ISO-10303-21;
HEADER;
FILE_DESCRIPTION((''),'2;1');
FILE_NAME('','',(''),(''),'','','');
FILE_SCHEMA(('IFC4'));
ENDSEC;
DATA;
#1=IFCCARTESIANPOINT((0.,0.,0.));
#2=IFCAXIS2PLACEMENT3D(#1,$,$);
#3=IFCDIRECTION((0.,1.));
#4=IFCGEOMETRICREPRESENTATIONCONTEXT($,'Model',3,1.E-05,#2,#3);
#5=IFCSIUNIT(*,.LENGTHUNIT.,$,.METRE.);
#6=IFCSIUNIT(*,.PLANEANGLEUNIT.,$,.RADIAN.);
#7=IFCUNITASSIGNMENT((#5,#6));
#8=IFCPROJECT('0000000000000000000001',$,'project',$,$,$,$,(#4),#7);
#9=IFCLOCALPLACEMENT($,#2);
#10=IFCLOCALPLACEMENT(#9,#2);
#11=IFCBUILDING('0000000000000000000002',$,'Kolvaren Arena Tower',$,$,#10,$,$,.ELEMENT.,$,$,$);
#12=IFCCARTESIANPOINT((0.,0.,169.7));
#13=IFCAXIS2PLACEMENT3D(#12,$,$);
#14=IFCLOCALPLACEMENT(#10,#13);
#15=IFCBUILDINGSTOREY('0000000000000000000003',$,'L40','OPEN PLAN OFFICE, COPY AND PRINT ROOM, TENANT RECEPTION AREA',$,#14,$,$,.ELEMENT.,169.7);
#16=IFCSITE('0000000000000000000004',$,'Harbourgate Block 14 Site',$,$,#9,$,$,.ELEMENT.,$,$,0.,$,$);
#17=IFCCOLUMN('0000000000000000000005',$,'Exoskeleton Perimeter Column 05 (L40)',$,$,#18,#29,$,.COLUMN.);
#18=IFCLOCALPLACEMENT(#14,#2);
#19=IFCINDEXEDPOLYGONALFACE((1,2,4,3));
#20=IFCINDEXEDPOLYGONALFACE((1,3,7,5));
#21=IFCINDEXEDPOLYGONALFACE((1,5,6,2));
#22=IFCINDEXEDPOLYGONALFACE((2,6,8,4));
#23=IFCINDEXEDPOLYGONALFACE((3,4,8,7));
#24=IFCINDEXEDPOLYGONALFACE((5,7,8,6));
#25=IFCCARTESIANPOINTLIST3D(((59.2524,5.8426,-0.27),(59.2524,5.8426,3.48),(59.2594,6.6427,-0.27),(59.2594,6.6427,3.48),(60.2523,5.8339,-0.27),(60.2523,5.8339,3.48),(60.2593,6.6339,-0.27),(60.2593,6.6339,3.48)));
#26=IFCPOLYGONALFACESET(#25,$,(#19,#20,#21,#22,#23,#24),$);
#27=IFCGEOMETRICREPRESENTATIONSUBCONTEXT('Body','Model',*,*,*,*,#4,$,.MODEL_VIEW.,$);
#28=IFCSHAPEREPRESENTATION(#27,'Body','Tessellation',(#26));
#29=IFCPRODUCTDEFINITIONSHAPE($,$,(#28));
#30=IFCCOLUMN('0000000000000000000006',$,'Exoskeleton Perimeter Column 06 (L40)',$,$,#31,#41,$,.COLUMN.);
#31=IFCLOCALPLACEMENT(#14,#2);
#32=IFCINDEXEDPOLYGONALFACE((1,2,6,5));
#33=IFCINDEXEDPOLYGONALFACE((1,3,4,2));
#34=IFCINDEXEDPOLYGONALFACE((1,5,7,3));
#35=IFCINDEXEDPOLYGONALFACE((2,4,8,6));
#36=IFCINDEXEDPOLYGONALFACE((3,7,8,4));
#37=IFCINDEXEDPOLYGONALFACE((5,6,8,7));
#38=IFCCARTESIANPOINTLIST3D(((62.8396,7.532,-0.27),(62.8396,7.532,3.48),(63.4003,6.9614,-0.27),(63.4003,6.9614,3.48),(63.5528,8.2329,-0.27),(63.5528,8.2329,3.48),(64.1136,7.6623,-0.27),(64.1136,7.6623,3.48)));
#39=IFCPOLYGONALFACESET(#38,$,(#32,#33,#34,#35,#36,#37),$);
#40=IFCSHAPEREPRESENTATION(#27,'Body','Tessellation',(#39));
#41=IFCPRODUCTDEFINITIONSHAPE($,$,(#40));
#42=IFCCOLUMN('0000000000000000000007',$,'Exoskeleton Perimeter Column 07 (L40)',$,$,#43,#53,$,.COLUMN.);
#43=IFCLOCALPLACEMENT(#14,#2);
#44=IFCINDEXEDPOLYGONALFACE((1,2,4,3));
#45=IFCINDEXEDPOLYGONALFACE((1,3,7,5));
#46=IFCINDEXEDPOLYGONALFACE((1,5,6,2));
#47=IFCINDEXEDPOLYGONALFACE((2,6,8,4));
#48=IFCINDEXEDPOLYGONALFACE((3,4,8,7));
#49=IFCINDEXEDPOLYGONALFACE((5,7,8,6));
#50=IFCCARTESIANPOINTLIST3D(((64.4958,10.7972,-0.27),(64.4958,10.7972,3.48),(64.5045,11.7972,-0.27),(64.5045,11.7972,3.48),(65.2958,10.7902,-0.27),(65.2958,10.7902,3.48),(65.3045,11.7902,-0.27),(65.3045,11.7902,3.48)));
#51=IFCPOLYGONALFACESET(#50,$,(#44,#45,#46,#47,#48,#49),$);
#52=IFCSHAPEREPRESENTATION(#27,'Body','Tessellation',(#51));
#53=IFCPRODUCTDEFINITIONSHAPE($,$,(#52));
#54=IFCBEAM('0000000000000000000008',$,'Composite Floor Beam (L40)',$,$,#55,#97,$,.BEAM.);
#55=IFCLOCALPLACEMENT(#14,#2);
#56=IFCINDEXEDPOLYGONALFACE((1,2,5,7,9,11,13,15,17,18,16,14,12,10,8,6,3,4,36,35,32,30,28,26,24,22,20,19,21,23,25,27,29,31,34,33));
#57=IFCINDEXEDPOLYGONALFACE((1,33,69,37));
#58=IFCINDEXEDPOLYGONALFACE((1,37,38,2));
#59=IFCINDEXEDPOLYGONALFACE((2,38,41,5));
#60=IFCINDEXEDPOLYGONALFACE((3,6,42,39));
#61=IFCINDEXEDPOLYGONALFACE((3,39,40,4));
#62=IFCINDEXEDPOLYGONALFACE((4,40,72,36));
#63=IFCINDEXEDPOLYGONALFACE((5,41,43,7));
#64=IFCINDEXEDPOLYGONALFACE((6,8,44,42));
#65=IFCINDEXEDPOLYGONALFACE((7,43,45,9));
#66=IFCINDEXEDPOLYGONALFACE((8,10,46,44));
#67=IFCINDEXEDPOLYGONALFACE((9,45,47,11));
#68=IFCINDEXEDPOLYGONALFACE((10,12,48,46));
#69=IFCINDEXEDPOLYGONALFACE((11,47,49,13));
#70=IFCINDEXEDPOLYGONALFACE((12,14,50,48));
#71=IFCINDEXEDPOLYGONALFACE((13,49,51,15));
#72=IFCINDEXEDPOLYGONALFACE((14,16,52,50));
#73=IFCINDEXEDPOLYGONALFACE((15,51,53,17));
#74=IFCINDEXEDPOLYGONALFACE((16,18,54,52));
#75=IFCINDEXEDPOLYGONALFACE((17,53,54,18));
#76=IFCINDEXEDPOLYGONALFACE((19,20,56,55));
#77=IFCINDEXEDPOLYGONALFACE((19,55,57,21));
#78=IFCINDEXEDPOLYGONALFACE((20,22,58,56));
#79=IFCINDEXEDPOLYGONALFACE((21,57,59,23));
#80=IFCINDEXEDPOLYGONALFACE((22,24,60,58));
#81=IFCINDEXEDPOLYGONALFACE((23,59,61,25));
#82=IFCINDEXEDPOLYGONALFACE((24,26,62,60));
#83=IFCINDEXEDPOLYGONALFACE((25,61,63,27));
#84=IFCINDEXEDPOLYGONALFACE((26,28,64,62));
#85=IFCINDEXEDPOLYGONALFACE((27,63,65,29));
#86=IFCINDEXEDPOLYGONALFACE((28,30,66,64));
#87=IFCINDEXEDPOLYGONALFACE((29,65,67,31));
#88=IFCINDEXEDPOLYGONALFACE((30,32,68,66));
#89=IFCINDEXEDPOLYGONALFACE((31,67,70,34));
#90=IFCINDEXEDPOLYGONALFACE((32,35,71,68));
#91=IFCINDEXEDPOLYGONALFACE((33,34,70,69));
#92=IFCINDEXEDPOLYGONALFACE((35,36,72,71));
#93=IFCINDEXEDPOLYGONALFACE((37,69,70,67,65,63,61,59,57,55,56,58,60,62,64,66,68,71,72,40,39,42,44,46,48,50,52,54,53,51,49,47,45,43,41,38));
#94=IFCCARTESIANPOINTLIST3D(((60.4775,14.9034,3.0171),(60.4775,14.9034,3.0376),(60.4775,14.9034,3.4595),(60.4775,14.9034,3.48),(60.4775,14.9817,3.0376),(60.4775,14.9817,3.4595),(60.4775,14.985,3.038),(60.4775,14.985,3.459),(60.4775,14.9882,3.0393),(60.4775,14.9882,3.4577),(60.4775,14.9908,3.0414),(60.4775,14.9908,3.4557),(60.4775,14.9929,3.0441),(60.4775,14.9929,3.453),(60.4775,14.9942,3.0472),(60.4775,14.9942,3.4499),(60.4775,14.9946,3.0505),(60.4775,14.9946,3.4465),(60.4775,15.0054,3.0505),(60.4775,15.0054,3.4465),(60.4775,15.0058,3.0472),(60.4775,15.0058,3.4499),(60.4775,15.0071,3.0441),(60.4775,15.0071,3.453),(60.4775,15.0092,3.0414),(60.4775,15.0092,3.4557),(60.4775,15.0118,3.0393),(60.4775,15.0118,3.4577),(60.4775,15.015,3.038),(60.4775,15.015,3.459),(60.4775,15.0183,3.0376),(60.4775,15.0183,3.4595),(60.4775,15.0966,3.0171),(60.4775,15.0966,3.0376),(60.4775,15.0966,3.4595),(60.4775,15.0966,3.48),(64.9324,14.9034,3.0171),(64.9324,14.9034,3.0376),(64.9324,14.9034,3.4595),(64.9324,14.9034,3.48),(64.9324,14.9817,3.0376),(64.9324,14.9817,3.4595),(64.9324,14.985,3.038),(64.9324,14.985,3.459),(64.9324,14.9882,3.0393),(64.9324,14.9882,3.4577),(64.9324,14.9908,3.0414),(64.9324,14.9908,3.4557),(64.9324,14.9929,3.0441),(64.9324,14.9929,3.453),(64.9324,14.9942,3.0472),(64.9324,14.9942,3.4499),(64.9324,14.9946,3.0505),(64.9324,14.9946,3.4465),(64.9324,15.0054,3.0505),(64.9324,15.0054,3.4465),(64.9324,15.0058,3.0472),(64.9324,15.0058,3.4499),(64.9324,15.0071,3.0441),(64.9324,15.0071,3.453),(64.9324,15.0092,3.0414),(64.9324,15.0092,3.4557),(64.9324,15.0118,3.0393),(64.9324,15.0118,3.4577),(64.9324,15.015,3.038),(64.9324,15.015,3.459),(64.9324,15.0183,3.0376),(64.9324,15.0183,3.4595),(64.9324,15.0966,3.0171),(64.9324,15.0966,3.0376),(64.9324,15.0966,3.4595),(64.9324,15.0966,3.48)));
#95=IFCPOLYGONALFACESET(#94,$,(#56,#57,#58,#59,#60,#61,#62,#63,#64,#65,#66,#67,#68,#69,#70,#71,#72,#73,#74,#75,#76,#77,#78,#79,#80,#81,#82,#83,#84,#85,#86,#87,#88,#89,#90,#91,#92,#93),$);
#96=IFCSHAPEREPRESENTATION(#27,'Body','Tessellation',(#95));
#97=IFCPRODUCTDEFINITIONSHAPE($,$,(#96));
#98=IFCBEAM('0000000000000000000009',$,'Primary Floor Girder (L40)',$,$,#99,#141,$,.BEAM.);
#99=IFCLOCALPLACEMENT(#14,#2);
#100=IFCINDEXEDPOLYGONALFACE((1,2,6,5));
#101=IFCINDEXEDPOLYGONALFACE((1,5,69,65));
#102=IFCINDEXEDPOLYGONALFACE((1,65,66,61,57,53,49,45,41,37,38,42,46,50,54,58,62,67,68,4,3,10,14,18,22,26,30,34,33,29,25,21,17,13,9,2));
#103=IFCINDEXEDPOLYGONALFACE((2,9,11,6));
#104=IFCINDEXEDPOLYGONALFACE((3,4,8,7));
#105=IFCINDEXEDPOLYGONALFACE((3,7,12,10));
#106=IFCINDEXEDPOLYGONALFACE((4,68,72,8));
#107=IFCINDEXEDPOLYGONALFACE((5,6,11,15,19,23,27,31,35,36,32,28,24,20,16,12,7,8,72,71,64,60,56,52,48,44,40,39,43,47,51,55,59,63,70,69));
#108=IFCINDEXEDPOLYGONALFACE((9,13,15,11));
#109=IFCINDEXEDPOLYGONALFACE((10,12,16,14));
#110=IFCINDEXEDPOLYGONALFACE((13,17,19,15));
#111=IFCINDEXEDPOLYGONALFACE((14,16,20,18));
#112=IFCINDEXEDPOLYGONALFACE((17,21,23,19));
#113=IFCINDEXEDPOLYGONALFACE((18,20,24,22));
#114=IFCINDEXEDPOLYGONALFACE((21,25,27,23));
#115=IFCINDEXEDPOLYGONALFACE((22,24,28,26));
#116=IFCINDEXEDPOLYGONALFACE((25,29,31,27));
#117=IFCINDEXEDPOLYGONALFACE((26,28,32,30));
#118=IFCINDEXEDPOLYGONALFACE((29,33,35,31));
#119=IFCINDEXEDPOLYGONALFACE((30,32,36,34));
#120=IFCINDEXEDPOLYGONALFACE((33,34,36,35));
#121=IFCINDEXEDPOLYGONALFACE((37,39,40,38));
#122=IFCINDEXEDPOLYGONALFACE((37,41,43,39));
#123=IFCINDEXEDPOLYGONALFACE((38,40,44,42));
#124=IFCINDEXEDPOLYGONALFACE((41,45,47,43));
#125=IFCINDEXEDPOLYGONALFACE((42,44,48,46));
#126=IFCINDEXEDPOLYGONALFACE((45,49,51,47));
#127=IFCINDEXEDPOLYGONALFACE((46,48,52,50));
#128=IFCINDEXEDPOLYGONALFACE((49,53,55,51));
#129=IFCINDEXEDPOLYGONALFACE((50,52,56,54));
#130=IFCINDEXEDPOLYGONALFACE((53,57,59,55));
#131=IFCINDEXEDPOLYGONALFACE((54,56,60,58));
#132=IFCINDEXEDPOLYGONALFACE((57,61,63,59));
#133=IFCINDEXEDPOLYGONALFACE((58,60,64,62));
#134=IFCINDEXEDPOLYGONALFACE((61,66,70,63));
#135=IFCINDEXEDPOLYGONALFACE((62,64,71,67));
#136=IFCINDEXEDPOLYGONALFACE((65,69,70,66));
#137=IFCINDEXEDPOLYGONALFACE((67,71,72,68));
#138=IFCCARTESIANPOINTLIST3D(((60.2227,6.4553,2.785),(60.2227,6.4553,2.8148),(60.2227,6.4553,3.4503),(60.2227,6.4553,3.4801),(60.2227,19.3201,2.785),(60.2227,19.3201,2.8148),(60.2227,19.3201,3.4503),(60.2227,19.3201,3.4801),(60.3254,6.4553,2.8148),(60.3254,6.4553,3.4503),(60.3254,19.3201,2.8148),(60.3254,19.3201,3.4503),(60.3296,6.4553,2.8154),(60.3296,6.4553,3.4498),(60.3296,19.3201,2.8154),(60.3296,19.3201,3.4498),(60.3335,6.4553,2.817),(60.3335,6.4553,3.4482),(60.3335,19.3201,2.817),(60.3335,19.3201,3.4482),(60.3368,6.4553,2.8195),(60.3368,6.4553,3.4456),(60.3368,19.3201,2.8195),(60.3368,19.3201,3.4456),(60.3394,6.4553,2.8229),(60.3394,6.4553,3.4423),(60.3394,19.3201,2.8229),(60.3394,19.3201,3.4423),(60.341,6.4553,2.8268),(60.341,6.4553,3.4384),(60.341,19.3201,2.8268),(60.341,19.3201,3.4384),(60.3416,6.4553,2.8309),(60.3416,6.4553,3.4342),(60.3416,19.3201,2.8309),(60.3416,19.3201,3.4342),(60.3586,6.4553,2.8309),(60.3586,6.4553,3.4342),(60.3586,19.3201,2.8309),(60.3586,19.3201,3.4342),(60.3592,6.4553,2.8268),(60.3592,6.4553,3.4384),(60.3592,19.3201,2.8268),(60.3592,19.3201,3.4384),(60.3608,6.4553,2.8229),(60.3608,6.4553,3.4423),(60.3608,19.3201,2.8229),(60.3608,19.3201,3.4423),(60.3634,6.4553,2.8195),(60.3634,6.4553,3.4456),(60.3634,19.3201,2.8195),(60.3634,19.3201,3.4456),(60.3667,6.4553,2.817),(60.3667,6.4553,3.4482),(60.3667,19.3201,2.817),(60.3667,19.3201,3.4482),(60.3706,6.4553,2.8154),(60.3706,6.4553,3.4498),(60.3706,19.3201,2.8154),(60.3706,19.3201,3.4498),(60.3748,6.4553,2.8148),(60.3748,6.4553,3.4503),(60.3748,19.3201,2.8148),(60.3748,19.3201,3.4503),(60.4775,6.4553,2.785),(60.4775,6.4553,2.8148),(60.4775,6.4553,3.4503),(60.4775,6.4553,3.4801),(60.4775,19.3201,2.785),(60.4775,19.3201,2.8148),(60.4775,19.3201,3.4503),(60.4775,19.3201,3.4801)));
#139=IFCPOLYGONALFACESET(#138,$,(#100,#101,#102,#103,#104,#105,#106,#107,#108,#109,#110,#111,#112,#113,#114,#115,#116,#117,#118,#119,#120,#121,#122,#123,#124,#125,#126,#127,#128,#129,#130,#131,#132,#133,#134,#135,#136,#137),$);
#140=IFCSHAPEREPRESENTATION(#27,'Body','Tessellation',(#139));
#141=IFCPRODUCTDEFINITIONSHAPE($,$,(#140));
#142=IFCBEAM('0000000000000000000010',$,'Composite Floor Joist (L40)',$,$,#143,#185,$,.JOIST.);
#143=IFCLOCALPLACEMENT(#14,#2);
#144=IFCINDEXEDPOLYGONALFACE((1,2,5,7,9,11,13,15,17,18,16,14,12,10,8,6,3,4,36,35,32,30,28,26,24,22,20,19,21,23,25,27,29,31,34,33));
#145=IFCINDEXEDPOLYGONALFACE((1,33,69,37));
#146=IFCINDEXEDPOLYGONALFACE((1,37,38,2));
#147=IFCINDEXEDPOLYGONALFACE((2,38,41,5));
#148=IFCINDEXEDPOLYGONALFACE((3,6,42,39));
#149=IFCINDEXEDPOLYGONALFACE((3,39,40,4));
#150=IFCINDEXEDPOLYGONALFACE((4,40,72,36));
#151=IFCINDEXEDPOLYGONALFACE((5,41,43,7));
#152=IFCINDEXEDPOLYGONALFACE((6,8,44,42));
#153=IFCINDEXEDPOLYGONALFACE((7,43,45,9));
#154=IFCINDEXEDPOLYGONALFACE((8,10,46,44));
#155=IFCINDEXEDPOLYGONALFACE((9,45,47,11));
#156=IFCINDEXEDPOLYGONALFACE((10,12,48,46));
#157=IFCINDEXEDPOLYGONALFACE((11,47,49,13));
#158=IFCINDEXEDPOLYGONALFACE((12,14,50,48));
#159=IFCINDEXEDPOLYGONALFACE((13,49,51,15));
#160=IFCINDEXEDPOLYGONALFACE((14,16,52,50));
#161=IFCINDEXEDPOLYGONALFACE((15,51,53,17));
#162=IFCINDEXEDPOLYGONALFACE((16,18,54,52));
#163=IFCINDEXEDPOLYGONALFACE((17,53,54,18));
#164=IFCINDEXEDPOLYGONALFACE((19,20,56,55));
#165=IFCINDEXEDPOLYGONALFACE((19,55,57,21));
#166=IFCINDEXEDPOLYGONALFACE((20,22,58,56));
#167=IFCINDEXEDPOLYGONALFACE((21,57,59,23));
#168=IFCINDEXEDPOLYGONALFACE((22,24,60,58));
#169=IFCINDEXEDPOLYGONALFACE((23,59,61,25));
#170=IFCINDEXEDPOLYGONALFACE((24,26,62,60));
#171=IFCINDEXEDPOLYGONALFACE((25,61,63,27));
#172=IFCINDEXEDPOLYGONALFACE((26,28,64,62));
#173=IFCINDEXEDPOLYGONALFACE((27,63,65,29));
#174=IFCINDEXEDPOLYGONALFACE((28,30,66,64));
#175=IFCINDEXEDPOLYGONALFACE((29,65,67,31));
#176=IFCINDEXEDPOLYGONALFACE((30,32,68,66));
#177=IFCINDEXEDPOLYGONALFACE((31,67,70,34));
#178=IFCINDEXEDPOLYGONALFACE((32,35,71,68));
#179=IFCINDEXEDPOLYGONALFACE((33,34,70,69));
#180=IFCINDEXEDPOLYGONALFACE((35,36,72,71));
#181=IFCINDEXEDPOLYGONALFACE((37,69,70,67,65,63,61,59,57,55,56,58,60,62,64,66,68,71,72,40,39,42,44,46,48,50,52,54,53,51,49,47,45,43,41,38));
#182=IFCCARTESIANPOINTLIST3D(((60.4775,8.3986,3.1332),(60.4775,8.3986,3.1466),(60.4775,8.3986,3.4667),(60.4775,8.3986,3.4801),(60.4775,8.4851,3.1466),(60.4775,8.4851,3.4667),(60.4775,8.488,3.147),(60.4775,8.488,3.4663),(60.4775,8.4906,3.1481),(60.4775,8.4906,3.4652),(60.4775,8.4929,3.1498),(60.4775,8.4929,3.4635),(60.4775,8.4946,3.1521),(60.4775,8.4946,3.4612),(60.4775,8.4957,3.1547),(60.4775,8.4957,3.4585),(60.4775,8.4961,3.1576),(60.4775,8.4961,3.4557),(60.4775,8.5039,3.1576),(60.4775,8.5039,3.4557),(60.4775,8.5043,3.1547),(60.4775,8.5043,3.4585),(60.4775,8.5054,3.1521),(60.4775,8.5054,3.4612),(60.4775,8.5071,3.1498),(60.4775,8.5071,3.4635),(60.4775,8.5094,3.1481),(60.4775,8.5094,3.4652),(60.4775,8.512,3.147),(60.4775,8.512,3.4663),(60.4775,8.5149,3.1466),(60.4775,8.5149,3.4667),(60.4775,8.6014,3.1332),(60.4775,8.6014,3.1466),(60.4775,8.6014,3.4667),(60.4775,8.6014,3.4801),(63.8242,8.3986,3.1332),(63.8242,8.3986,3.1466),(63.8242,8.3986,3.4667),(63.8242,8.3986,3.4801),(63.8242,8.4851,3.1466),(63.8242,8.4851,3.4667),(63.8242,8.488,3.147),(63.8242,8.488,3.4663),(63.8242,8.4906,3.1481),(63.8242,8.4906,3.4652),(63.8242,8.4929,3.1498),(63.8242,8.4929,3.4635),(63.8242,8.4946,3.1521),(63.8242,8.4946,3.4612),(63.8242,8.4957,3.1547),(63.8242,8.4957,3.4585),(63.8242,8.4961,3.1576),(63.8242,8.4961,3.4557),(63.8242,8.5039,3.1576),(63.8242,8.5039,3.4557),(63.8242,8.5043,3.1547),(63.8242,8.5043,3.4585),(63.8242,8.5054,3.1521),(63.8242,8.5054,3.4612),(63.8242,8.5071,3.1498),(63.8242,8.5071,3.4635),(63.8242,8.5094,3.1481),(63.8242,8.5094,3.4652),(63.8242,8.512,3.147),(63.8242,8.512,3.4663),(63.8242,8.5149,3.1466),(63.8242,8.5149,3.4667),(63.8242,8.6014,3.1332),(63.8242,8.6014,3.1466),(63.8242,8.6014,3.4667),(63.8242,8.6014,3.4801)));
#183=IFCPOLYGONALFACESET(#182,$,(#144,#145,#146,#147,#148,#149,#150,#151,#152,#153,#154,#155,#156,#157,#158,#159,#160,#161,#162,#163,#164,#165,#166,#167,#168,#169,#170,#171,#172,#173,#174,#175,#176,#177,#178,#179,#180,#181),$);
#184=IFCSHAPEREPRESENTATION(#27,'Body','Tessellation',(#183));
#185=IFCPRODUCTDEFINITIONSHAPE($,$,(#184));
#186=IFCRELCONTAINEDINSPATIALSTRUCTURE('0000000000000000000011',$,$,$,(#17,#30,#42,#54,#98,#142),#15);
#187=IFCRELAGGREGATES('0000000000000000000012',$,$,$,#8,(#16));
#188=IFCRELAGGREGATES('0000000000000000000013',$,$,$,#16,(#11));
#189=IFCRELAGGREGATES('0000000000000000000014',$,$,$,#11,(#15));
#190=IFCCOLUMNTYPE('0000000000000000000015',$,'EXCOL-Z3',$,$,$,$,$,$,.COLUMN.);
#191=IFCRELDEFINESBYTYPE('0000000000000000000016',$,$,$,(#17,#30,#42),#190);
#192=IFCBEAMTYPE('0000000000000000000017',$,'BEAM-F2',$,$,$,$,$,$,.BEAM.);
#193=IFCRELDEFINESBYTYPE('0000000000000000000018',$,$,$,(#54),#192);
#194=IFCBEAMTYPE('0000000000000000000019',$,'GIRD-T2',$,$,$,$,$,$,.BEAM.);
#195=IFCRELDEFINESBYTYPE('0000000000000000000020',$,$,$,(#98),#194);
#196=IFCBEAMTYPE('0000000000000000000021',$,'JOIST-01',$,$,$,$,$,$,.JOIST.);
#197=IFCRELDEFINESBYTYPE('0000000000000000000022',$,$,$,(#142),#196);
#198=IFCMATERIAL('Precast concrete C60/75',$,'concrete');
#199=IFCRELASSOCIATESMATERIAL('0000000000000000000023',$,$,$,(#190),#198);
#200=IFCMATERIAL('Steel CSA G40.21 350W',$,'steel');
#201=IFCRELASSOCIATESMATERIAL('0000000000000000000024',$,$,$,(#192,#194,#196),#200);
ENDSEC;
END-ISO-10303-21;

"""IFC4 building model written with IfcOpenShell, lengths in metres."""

from ifc_helpers import new_model, si_unit, direction, frame, origin, origin_2d, place, context, subcontext, project, spatial, rectangle, i_section, extrude, material, material_profile, profile_set, type_object, element, save


model = new_model("IFC4")

# Units and contexts
model_context = context("Model", 3, precision=1e-05, world=origin(), true_north=direction((0.0, 1.0)))
body_context = subcontext(model_context, "Body", "Model", "MODEL_VIEW")
ifc_project = project(units=[si_unit("LENGTHUNIT", "METRE"), si_unit("PLANEANGLEUNIT", "RADIAN")], contexts=[model_context])

# Site, building, storey
site_placement = place(None, origin())
site = spatial("IfcSite", under=ifc_project, at=site_placement, Name="Harbourgate Block 14 Site", CompositionType="ELEMENT", RefElevation=0.0)
building_placement = place(site_placement, origin())
building = spatial("IfcBuilding", under=site, at=building_placement, Name="Kolvaren Arena Tower", CompositionType="ELEMENT")
storey_placement = place(building_placement, frame((0.0, 0.0, 169.7)))
storey = spatial("IfcBuildingStorey", under=building, at=storey_placement, Name="L40", Description="OPEN PLAN OFFICE, COPY AND PRINT ROOM, TENANT RECEPTION AREA", CompositionType="ELEMENT", Elevation=169.7)

# Columns
ifc_material_1 = material(Name="Precast concrete C60/75", Category="concrete")
ifc_material_profile_1 = material_profile(ifc_material_1, rectangle(XDim=1.0, YDim=0.8, at=origin_2d()), Name="RC-1000x800")
ifc_profile_set_1 = profile_set([ifc_material_profile_1], Name="Precast concrete C60/75")
column_type = type_object("IfcColumnType", Name="EXCOL-Z3", PredefinedType="COLUMN", material=ifc_profile_set_1)
for number, where, z_axis, x_axis, name in (
    (1, (59.7559, 6.2383, -0.27), (0.0, 0.0, 1.0), (0.999962, -0.008727, 0.0), "Exoskeleton Perimeter Column 05 (L40)"),
    (2, (63.4766, 7.5972, -0.27), (0.0, 0.0, 1.0), (0.71325, 0.700909, 0.0), "Exoskeleton Perimeter Column 06 (L40)"),
    (3, (64.9001, 11.2937, -0.27), (0.0, 0.0, 1.0), (0.008727, 0.999962, 0.0), "Exoskeleton Perimeter Column 07 (L40)"),
):
    element("IfcColumn", number, at=place(storey_placement, frame(where, z_axis=z_axis, x_axis=x_axis)), inside=storey, type_object=column_type, Name=name, PredefinedType="COLUMN", context=body_context, shape_type="SweptSolid", body=[
        extrude(rectangle(XDim=1.0, YDim=0.8, at=origin_2d()), origin(), (0.0, 0.0, 1.0), 3.75),
    ])

# Beams
ifc_material_2 = material(Name="Steel CSA G40.21 350W", Category="steel")
ifc_material_profile_2 = material_profile(ifc_material_2, i_section(OverallWidth=0.1931, OverallDepth=0.4629, WebThickness=0.0107, FlangeThickness=0.0205, FilletRadius=0.0129, at=origin_2d()), Name="W460x113")
ifc_profile_set_2 = profile_set([ifc_material_profile_2], Name="Steel CSA G40.21 350W")
beam_type_1 = type_object("IfcBeamType", Name="BEAM-F2", PredefinedType="BEAM", material=ifc_profile_set_2)
beam_1_placement = place(storey_placement, frame((60.4775, 15.0, 3.2485), z_axis=(1.0, 0.0, 0.0), x_axis=(0.0, 1.0, 0.0)))
element("IfcBeam", 4, at=beam_1_placement, inside=storey, type_object=beam_type_1, Name="Composite Floor Beam (L40)", PredefinedType="BEAM", context=body_context, shape_type="SweptSolid", body=[
    extrude(i_section(OverallWidth=0.1931, OverallDepth=0.4629, WebThickness=0.0107, FlangeThickness=0.0205, FilletRadius=0.0129, at=origin_2d()), origin(), (0.0, 0.0, 1.0), 4.4548),
])
ifc_material_profile_3 = material_profile(ifc_material_2, i_section(OverallWidth=0.2549, OverallDepth=0.6951, WebThickness=0.0171, FlangeThickness=0.0298, FilletRadius=0.0161, at=origin_2d()), Name="W690x217")
ifc_profile_set_3 = profile_set([ifc_material_profile_3], Name="Steel CSA G40.21 350W")
beam_type_2 = type_object("IfcBeamType", Name="GIRD-T2", PredefinedType="BEAM", material=ifc_profile_set_3)
beam_2_placement = place(storey_placement, frame((60.3501, 6.4553, 3.1326), z_axis=(0.0, 1.0, 0.0), x_axis=(-1.0, 0.0, 0.0)))
element("IfcBeam", 5, at=beam_2_placement, inside=storey, type_object=beam_type_2, Name="Primary Floor Girder (L40)", PredefinedType="BEAM", context=body_context, shape_type="SweptSolid", body=[
    extrude(i_section(OverallWidth=0.2549, OverallDepth=0.6951, WebThickness=0.0171, FlangeThickness=0.0298, FilletRadius=0.0161, at=origin_2d()), origin(), (0.0, 0.0, 1.0), 12.8647),
])
ifc_material_profile_4 = material_profile(ifc_material_2, i_section(OverallWidth=0.2029, OverallDepth=0.3469, WebThickness=0.0078, FlangeThickness=0.0134, FilletRadius=0.011, at=origin_2d()), Name="W360x64")
ifc_profile_set_4 = profile_set([ifc_material_profile_4], Name="Steel CSA G40.21 350W")
beam_type_3 = type_object("IfcBeamType", Name="JOIST-01", PredefinedType="JOIST", material=ifc_profile_set_4)
beam_3_placement = place(storey_placement, frame((60.4775, 8.5, 3.3066), z_axis=(1.0, 0.0, 0.0), x_axis=(0.0, 1.0, 0.0)))
element("IfcBeam", 6, at=beam_3_placement, inside=storey, type_object=beam_type_3, Name="Composite Floor Joist (L40)", PredefinedType="JOIST", context=body_context, shape_type="SweptSolid", body=[
    extrude(i_section(OverallWidth=0.2029, OverallDepth=0.3469, WebThickness=0.0078, FlangeThickness=0.0134, FilletRadius=0.011, at=origin_2d()), origin(), (0.0, 0.0, 1.0), 3.3467),
])

save(model, "model.ifc")
